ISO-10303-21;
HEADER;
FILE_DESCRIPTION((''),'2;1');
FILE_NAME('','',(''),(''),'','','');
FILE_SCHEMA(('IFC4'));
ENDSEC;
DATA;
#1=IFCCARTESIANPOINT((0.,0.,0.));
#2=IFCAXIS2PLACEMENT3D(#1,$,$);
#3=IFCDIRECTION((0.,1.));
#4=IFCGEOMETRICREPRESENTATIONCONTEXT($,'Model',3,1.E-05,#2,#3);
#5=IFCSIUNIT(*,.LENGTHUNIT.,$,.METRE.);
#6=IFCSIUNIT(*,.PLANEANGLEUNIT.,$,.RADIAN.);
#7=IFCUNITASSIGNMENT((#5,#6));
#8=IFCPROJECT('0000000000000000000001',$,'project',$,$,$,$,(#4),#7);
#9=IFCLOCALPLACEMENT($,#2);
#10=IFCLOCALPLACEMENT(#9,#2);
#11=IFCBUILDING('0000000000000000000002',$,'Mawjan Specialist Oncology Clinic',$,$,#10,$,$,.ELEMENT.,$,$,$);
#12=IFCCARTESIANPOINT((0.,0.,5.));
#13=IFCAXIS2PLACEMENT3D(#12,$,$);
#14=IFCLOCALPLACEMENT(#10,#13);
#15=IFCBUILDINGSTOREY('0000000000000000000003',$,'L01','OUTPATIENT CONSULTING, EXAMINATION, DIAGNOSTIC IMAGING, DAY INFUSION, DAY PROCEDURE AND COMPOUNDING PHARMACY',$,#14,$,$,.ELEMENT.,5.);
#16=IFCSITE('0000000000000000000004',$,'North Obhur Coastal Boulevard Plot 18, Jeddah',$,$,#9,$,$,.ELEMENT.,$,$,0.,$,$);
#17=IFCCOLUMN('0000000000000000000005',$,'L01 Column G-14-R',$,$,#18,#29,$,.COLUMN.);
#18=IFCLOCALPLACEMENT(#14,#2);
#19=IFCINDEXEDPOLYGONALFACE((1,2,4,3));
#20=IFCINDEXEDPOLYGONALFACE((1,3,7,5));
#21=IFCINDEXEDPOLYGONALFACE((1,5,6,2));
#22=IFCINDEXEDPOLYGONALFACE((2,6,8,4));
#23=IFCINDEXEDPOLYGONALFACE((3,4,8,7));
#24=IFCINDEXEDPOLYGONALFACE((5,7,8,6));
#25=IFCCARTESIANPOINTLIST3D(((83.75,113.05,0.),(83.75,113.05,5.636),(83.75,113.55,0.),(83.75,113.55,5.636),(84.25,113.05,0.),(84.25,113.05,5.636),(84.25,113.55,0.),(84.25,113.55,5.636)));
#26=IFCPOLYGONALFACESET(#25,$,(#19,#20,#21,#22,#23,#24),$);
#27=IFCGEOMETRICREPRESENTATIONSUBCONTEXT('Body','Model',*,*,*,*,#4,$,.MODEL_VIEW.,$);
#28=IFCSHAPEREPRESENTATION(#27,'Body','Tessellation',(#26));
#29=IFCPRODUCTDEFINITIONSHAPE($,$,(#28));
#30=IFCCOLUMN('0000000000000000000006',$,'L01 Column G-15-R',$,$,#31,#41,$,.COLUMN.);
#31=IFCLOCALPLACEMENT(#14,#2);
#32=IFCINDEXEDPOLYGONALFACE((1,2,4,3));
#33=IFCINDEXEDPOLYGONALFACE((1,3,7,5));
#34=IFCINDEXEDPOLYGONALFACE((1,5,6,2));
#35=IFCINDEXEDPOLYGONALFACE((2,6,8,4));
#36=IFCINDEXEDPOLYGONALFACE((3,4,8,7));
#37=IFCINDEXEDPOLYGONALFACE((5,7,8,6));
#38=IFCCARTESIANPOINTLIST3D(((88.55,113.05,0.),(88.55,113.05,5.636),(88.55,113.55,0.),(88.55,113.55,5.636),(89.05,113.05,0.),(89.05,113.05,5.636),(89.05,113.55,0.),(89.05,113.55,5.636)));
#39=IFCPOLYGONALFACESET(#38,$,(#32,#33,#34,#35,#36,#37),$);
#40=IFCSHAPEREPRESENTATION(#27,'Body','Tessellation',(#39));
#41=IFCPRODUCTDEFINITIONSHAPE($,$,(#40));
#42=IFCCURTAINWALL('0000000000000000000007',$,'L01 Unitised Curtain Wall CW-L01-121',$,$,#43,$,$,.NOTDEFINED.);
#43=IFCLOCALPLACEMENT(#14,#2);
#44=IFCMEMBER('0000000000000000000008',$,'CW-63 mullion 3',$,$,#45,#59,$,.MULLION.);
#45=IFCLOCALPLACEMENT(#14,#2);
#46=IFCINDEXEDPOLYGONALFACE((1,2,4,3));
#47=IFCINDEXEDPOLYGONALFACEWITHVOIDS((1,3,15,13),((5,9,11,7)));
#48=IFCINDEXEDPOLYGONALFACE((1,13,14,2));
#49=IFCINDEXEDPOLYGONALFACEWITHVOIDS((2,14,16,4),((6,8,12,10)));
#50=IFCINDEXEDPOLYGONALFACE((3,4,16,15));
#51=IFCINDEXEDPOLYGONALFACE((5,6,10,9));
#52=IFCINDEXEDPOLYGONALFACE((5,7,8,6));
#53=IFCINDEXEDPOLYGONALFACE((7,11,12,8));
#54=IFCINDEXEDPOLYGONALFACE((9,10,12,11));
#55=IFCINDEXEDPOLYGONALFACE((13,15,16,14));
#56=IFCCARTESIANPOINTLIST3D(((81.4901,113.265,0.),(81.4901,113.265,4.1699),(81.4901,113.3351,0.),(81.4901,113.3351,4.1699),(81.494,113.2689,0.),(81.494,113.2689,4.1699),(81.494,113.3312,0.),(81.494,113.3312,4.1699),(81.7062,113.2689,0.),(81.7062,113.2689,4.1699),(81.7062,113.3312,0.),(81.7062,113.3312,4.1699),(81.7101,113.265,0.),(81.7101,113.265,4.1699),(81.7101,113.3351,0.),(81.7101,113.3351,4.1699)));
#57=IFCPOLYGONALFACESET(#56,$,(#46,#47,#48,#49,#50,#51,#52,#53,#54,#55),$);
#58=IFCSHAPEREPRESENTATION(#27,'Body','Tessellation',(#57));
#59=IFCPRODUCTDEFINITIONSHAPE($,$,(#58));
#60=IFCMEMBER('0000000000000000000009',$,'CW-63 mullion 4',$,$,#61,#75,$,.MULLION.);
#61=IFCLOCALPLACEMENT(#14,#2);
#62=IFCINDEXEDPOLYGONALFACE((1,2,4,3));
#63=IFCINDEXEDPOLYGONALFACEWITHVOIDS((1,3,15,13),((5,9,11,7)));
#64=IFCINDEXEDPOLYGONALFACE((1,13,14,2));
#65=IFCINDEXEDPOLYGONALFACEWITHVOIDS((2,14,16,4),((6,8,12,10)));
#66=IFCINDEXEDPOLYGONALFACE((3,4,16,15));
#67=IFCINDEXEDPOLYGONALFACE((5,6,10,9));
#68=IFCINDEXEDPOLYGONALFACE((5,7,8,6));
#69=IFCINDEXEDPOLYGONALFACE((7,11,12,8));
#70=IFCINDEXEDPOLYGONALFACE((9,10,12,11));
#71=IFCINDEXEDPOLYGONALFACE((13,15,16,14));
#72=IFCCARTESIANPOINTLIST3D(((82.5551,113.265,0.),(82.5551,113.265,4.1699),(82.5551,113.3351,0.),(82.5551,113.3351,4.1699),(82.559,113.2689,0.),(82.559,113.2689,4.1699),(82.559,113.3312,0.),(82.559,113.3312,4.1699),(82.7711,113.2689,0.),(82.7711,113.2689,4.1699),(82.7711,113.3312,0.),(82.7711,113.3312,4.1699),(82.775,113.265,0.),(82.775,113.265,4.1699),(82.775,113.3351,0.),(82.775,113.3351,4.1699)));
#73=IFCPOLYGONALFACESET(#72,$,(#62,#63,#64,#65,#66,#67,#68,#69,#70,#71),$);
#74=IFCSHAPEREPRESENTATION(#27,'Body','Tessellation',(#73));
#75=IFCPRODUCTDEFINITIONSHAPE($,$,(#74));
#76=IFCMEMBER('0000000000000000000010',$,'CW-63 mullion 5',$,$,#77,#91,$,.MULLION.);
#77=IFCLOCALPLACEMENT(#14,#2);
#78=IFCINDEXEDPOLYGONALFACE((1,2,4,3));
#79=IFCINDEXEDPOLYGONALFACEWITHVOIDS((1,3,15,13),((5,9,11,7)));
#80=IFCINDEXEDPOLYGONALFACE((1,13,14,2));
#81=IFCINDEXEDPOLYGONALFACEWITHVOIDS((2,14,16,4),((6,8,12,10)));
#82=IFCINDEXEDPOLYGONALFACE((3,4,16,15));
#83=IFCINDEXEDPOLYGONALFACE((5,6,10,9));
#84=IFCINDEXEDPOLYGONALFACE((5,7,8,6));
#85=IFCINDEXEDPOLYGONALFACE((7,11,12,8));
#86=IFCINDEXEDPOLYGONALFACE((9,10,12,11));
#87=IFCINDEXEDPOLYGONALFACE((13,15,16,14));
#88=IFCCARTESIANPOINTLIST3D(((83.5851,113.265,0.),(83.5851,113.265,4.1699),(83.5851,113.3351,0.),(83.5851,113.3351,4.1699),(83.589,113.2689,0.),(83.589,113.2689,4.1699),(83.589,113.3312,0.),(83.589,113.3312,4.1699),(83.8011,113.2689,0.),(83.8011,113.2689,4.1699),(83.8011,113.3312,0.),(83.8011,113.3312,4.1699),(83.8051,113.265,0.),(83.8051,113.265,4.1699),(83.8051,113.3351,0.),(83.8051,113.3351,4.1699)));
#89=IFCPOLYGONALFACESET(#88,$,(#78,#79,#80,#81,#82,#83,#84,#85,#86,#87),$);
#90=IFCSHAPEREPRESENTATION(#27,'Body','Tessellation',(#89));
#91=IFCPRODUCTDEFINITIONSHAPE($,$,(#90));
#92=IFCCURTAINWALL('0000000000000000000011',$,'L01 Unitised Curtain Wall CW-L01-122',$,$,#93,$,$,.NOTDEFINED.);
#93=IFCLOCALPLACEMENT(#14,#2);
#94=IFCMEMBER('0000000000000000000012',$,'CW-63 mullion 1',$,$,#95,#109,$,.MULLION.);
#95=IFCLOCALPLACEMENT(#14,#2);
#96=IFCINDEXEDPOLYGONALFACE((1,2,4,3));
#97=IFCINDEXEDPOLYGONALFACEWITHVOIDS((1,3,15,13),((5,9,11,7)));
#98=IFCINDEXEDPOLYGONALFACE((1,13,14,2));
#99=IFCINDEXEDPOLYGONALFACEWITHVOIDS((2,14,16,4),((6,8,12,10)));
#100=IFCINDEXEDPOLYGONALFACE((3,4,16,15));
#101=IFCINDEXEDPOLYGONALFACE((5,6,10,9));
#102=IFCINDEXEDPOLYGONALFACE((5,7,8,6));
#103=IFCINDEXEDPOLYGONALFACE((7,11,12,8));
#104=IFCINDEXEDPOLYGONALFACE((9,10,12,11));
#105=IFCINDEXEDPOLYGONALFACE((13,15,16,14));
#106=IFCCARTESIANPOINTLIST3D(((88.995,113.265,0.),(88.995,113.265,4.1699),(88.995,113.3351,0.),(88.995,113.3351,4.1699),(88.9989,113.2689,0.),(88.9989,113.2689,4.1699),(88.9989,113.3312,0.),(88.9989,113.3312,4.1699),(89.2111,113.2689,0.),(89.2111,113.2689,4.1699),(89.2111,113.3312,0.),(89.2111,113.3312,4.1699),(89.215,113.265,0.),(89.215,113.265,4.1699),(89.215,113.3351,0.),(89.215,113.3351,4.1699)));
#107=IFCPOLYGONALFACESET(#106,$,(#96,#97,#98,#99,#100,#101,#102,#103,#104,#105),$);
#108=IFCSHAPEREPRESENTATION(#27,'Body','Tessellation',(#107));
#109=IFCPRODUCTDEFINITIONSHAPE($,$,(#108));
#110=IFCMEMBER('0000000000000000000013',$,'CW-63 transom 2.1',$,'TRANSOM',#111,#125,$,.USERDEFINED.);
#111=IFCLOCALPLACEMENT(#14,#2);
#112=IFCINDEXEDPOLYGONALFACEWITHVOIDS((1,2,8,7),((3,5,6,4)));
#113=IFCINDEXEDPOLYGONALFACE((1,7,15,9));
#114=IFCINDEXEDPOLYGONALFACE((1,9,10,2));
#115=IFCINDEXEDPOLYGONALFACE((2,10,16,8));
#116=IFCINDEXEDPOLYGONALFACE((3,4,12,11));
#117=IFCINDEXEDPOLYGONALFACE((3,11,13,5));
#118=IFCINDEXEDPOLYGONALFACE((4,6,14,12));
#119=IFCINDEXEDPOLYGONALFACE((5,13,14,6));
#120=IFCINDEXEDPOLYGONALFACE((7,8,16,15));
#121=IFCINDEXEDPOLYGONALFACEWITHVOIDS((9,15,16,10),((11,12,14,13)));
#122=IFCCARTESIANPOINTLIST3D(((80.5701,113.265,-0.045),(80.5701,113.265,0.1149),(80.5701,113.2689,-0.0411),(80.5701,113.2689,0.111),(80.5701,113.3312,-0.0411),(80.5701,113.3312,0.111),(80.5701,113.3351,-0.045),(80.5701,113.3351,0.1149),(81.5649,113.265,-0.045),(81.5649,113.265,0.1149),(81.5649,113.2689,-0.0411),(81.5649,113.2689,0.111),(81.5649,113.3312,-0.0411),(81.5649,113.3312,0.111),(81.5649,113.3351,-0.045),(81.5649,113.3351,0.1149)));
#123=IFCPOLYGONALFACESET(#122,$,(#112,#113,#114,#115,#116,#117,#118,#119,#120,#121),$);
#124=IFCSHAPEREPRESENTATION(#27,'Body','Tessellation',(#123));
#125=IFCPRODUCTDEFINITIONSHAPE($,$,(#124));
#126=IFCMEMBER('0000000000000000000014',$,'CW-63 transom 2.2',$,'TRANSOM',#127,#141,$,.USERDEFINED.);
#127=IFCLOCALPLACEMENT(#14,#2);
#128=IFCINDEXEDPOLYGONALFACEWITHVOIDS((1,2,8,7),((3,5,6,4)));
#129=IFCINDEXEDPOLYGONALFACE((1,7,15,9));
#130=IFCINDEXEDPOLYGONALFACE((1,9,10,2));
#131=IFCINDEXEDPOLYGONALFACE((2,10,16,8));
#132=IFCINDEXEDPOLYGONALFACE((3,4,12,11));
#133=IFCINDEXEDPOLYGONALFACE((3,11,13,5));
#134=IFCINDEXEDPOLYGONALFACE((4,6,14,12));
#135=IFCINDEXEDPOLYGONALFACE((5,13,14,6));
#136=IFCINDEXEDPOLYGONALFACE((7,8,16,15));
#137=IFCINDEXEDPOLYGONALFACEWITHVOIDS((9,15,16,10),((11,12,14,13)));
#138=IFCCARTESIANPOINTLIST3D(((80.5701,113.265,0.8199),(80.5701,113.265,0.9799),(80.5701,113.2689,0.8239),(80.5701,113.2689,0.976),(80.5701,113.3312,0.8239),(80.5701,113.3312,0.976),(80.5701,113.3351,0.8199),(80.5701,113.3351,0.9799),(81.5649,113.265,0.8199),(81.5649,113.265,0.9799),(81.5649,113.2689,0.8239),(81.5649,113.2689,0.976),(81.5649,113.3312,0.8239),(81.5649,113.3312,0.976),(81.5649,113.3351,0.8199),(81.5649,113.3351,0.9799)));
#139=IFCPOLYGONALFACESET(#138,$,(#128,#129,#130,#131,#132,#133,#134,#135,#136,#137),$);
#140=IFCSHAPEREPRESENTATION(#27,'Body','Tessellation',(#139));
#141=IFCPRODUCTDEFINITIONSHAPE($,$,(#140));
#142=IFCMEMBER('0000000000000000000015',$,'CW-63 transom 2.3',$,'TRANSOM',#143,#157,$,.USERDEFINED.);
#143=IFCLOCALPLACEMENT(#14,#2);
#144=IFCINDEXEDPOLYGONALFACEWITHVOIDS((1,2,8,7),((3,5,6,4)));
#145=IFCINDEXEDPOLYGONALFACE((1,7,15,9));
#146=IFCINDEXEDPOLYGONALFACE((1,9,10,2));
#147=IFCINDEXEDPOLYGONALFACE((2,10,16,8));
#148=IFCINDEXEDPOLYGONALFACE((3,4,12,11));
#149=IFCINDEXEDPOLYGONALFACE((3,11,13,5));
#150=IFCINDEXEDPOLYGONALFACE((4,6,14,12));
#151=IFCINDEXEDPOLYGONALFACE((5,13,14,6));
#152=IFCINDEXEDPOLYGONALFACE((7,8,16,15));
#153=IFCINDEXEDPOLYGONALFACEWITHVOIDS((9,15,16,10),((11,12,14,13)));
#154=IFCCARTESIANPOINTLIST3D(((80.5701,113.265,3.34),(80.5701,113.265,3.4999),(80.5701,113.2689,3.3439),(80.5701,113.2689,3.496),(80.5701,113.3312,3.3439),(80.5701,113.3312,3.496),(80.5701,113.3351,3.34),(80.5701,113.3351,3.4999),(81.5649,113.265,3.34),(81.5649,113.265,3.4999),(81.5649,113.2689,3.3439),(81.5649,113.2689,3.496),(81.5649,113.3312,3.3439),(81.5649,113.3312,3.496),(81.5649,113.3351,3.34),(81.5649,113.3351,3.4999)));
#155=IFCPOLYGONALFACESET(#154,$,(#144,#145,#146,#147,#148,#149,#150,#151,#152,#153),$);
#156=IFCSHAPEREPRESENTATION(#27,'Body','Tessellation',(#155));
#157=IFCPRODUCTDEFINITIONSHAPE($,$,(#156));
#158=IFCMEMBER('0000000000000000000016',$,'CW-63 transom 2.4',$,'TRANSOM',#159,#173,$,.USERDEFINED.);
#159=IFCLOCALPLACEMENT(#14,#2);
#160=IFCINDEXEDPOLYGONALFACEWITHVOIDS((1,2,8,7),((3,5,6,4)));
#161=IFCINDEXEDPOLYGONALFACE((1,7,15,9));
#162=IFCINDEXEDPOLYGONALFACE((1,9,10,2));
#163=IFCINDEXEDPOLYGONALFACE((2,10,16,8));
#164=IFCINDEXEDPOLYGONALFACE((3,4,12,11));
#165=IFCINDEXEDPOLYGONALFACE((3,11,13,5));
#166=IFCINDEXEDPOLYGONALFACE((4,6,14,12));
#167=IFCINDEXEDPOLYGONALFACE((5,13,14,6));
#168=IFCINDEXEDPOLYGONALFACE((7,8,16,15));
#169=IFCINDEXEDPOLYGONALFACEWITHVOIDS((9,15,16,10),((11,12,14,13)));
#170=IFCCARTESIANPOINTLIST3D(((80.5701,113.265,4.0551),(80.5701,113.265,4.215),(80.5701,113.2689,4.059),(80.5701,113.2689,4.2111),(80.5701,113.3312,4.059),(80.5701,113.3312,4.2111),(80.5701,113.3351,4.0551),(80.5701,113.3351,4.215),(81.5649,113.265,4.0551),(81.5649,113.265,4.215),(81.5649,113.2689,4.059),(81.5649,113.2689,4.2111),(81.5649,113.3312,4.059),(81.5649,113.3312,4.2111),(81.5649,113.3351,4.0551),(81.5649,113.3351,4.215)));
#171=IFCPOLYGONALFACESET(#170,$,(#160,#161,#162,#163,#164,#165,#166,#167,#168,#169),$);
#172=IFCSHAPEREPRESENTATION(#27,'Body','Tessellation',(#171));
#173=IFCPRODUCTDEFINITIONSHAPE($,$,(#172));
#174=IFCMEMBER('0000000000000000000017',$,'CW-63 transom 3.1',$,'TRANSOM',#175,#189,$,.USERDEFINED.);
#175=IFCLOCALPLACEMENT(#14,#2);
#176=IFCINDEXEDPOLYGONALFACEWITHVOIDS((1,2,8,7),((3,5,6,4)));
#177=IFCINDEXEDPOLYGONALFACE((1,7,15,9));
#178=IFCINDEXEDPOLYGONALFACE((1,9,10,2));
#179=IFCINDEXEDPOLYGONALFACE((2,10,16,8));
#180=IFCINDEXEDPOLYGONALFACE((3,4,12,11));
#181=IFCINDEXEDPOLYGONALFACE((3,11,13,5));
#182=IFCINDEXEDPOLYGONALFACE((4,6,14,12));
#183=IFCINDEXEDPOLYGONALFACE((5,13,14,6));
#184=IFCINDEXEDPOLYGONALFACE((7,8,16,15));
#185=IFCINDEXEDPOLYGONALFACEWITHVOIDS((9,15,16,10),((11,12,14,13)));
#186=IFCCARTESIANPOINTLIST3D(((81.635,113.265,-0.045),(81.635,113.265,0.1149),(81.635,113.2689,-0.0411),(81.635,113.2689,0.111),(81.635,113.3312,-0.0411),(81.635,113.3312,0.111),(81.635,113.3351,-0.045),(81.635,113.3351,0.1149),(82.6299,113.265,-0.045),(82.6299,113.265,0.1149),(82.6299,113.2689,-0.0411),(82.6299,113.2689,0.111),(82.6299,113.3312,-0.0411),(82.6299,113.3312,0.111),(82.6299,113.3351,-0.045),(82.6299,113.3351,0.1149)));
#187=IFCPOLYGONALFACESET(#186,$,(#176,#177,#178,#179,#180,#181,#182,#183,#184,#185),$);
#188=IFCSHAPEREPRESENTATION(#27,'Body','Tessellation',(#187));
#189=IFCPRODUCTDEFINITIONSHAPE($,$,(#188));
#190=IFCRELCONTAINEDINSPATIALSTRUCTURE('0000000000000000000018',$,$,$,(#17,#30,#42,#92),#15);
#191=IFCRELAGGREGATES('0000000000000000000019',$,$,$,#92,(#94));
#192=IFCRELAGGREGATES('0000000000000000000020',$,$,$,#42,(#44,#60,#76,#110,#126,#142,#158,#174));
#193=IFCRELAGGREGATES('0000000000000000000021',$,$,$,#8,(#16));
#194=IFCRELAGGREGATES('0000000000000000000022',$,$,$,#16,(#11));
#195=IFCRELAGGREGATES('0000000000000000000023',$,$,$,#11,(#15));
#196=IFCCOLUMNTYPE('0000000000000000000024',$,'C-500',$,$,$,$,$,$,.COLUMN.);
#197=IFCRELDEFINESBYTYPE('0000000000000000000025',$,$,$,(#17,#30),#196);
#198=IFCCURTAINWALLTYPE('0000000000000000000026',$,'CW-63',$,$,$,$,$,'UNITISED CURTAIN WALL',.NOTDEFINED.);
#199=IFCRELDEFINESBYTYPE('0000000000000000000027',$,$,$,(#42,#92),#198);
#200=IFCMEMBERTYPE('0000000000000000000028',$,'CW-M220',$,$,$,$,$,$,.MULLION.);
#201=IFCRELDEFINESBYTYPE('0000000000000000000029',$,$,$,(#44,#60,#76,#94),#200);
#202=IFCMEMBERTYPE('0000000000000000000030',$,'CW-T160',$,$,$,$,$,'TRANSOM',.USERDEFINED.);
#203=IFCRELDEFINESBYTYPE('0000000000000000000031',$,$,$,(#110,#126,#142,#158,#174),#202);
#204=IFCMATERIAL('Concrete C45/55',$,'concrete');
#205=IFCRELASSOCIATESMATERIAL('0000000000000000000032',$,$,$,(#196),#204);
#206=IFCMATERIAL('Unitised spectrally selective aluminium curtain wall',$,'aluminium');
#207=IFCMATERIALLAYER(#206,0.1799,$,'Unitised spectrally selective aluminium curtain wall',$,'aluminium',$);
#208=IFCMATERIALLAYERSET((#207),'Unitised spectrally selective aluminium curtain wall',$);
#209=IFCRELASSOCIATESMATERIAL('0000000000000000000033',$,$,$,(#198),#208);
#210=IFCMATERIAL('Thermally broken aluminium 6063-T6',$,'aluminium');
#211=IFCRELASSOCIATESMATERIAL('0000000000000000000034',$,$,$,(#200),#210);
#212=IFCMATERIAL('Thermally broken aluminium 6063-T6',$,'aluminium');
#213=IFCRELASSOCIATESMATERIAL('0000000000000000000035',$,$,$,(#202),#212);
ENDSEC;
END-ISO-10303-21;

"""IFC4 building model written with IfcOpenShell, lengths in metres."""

from ifc_helpers import new_model, si_unit, direction, frame, origin, origin_2d, place, context, subcontext, project, spatial, rectangle, hollow_rectangle, extrude, material, layer, layer_set, material_profile, profile_set, type_object, element, aggregate, save


model = new_model("IFC4")

# Units and contexts
model_context = context("Model", 3, precision=1e-05, world=origin(), true_north=direction((0.0, 1.0)))
body_context = subcontext(model_context, "Body", "Model", "MODEL_VIEW")
ifc_project = project(units=[si_unit("LENGTHUNIT", "METRE"), si_unit("PLANEANGLEUNIT", "RADIAN")], contexts=[model_context])

# Site, building, storey
site_placement = place(None, origin())
site = spatial("IfcSite", under=ifc_project, at=site_placement, Name="North Obhur Coastal Boulevard Plot 18, Jeddah", CompositionType="ELEMENT", RefElevation=0.0)
building_placement = place(site_placement, origin())
building = spatial("IfcBuilding", under=site, at=building_placement, Name="Mawjan Specialist Oncology Clinic", CompositionType="ELEMENT")
storey_placement = place(building_placement, frame((0.0, 0.0, 5.0)))
storey = spatial("IfcBuildingStorey", under=building, at=storey_placement, Name="L01", Description="OUTPATIENT CONSULTING, EXAMINATION, DIAGNOSTIC IMAGING, DAY INFUSION, DAY PROCEDURE AND COMPOUNDING PHARMACY", CompositionType="ELEMENT", Elevation=5.0)

# Columns
ifc_material_1 = material(Name="Concrete C45/55", Category="concrete")
ifc_material_profile_1 = material_profile(ifc_material_1, rectangle(XDim=0.5, YDim=0.5, at=origin_2d()), Name="RC COL 500x500", Category="concrete")
ifc_profile_set_1 = profile_set([ifc_material_profile_1], Name="Concrete C45/55")
column_type = type_object("IfcColumnType", Name="C-500", PredefinedType="COLUMN", material=ifc_profile_set_1)
for number, where, z_axis, x_axis, name in (
    (1, (84.0, 113.3, 0.0), (0.0, 0.0, 1.0), (1.0, 0.0, 0.0), "L01 Column G-14-R"),
    (2, (88.8, 113.3, 0.0), (0.0, 0.0, 1.0), (1.0, 0.0, 0.0), "L01 Column G-15-R"),
):
    element("IfcColumn", number, at=place(storey_placement, frame(where, z_axis=z_axis, x_axis=x_axis)), inside=storey, type_object=column_type, Name=name, PredefinedType="COLUMN", context=body_context, shape_type="SweptSolid", body=[
        extrude(rectangle(XDim=0.5, YDim=0.5, at=origin_2d()), origin(), (0.0, 0.0, 1.0), 5.636),
    ])

# Curtain wall, members
ifc_material_2 = material(Name="Unitised spectrally selective aluminium curtain wall", Category="aluminium")
ifc_layer_1 = layer(ifc_material_2, 0.1799, Name="Unitised spectrally selective aluminium curtain wall", Category="aluminium")
ifc_layer_set_1 = layer_set([ifc_layer_1], Name="Unitised spectrally selective aluminium curtain wall")
curtain_wall_type = type_object("IfcCurtainWallType", Name="CW-63", ElementType="UNITISED CURTAIN WALL", PredefinedType="NOTDEFINED", material=ifc_layer_set_1)
curtain_wall_1_placement = place(storey_placement, origin())
curtain_wall_1 = element("IfcCurtainWall", 3, at=curtain_wall_1_placement, inside=storey, type_object=curtain_wall_type, Name="L01 Unitised Curtain Wall CW-L01-121", PredefinedType="NOTDEFINED")
ifc_material_3 = material(Name="Thermally broken aluminium 6063-T6", Category="aluminium")
ifc_material_profile_2 = material_profile(ifc_material_3, hollow_rectangle(XDim=0.0701, YDim=0.22, WallThickness=0.0039, at=origin_2d()), Name="ALU MULLION 220x70x4", Category="aluminium")
ifc_profile_set_2 = profile_set([ifc_material_profile_2], Name="Thermally broken aluminium 6063-T6")
member_type_1 = type_object("IfcMemberType", Name="CW-M220", PredefinedType="MULLION", material=ifc_profile_set_2)
member_1_placement = place(storey_placement, frame((81.6001, 113.3, 0.0), z_axis=(0.0, 0.0, 1.0), x_axis=(0.0, 1.0, 0.0)))
member_1 = element("IfcMember", 4, at=member_1_placement, type_object=member_type_1, Name="CW-63 mullion 3", PredefinedType="MULLION", context=body_context, shape_type="SweptSolid", body=[
    extrude(hollow_rectangle(XDim=0.0701, YDim=0.22, WallThickness=0.0039, at=origin_2d()), origin(), (0.0, 0.0, 1.0), 4.1699),
])
member_2_placement = place(storey_placement, frame((82.665, 113.3, 0.0), z_axis=(0.0, 0.0, 1.0), x_axis=(0.0, 1.0, 0.0)))
member_2 = element("IfcMember", 5, at=member_2_placement, type_object=member_type_1, Name="CW-63 mullion 4", PredefinedType="MULLION", context=body_context, shape_type="SweptSolid", body=[
    extrude(hollow_rectangle(XDim=0.0701, YDim=0.22, WallThickness=0.0039, at=origin_2d()), origin(), (0.0, 0.0, 1.0), 4.1699),
])
member_3_placement = place(storey_placement, frame((83.6951, 113.3, 0.0), z_axis=(0.0, 0.0, 1.0), x_axis=(0.0, 1.0, 0.0)))
member_3 = element("IfcMember", 6, at=member_3_placement, type_object=member_type_1, Name="CW-63 mullion 5", PredefinedType="MULLION", context=body_context, shape_type="SweptSolid", body=[
    extrude(hollow_rectangle(XDim=0.0701, YDim=0.22, WallThickness=0.0039, at=origin_2d()), origin(), (0.0, 0.0, 1.0), 4.1699),
])

# Curtain wall, member
curtain_wall_2_placement = place(storey_placement, origin())
curtain_wall_2 = element("IfcCurtainWall", 7, at=curtain_wall_2_placement, inside=storey, type_object=curtain_wall_type, Name="L01 Unitised Curtain Wall CW-L01-122", PredefinedType="NOTDEFINED")
member_4_placement = place(storey_placement, frame((89.105, 113.3, 0.0), z_axis=(0.0, 0.0, 1.0), x_axis=(0.0, 1.0, 0.0)))
member_4 = element("IfcMember", 8, at=member_4_placement, type_object=member_type_1, Name="CW-63 mullion 1", PredefinedType="MULLION", context=body_context, shape_type="SweptSolid", body=[
    extrude(hollow_rectangle(XDim=0.0701, YDim=0.22, WallThickness=0.0039, at=origin_2d()), origin(), (0.0, 0.0, 1.0), 4.1699),
])

# Members
ifc_material_4 = material(Name="Thermally broken aluminium 6063-T6", Category="aluminium")
ifc_material_profile_3 = material_profile(ifc_material_4, hollow_rectangle(XDim=0.0701, YDim=0.1599, WallThickness=0.0039, at=origin_2d()), Name="ALU TRANSOM 160x70x4", Category="aluminium")
ifc_profile_set_3 = profile_set([ifc_material_profile_3], Name="Thermally broken aluminium 6063-T6")
member_type_2 = type_object("IfcMemberType", Name="CW-T160", ElementType="TRANSOM", PredefinedType="USERDEFINED", material=ifc_profile_set_3)
member_5_placement = place(storey_placement, frame((80.5701, 113.3, 0.0349), z_axis=(1.0, 0.0, 0.0), x_axis=(0.0, 1.0, 0.0)))
member_5 = element("IfcMember", 9, at=member_5_placement, type_object=member_type_2, Name="CW-63 transom 2.1", ObjectType="TRANSOM", PredefinedType="USERDEFINED", context=body_context, shape_type="SweptSolid", body=[
    extrude(hollow_rectangle(XDim=0.0701, YDim=0.1599, WallThickness=0.0039, at=origin_2d()), origin(), (0.0, 0.0, 1.0), 0.9949),
])
member_6_placement = place(storey_placement, frame((80.5701, 113.3, 0.8999), z_axis=(1.0, 0.0, 0.0), x_axis=(0.0, 1.0, 0.0)))
member_6 = element("IfcMember", 10, at=member_6_placement, type_object=member_type_2, Name="CW-63 transom 2.2", ObjectType="TRANSOM", PredefinedType="USERDEFINED", context=body_context, shape_type="SweptSolid", body=[
    extrude(hollow_rectangle(XDim=0.0701, YDim=0.1599, WallThickness=0.0039, at=origin_2d()), origin(), (0.0, 0.0, 1.0), 0.9949),
])
member_7_placement = place(storey_placement, frame((80.5701, 113.3, 3.4199), z_axis=(1.0, 0.0, 0.0), x_axis=(0.0, 1.0, 0.0)))
member_7 = element("IfcMember", 11, at=member_7_placement, type_object=member_type_2, Name="CW-63 transom 2.3", ObjectType="TRANSOM", PredefinedType="USERDEFINED", context=body_context, shape_type="SweptSolid", body=[
    extrude(hollow_rectangle(XDim=0.0701, YDim=0.1599, WallThickness=0.0039, at=origin_2d()), origin(), (0.0, 0.0, 1.0), 0.9949),
])
member_8_placement = place(storey_placement, frame((80.5701, 113.3, 4.135), z_axis=(1.0, 0.0, 0.0), x_axis=(0.0, 1.0, 0.0)))
member_8 = element("IfcMember", 12, at=member_8_placement, type_object=member_type_2, Name="CW-63 transom 2.4", ObjectType="TRANSOM", PredefinedType="USERDEFINED", context=body_context, shape_type="SweptSolid", body=[
    extrude(hollow_rectangle(XDim=0.0701, YDim=0.1599, WallThickness=0.0039, at=origin_2d()), origin(), (0.0, 0.0, 1.0), 0.9949),
])
member_9_placement = place(storey_placement, frame((81.635, 113.3, 0.0349), z_axis=(1.0, 0.0, 0.0), x_axis=(0.0, 1.0, 0.0)))
member_9 = element("IfcMember", 13, at=member_9_placement, type_object=member_type_2, Name="CW-63 transom 3.1", ObjectType="TRANSOM", PredefinedType="USERDEFINED", context=body_context, shape_type="SweptSolid", body=[
    extrude(hollow_rectangle(XDim=0.0701, YDim=0.1599, WallThickness=0.0039, at=origin_2d()), origin(), (0.0, 0.0, 1.0), 0.9949),
])
aggregate(curtain_wall_2, [member_4])

aggregate(curtain_wall_1, [member_1, member_2, member_3, member_5, member_6, member_7, member_8, member_9])

save(model, "model.ifc")
